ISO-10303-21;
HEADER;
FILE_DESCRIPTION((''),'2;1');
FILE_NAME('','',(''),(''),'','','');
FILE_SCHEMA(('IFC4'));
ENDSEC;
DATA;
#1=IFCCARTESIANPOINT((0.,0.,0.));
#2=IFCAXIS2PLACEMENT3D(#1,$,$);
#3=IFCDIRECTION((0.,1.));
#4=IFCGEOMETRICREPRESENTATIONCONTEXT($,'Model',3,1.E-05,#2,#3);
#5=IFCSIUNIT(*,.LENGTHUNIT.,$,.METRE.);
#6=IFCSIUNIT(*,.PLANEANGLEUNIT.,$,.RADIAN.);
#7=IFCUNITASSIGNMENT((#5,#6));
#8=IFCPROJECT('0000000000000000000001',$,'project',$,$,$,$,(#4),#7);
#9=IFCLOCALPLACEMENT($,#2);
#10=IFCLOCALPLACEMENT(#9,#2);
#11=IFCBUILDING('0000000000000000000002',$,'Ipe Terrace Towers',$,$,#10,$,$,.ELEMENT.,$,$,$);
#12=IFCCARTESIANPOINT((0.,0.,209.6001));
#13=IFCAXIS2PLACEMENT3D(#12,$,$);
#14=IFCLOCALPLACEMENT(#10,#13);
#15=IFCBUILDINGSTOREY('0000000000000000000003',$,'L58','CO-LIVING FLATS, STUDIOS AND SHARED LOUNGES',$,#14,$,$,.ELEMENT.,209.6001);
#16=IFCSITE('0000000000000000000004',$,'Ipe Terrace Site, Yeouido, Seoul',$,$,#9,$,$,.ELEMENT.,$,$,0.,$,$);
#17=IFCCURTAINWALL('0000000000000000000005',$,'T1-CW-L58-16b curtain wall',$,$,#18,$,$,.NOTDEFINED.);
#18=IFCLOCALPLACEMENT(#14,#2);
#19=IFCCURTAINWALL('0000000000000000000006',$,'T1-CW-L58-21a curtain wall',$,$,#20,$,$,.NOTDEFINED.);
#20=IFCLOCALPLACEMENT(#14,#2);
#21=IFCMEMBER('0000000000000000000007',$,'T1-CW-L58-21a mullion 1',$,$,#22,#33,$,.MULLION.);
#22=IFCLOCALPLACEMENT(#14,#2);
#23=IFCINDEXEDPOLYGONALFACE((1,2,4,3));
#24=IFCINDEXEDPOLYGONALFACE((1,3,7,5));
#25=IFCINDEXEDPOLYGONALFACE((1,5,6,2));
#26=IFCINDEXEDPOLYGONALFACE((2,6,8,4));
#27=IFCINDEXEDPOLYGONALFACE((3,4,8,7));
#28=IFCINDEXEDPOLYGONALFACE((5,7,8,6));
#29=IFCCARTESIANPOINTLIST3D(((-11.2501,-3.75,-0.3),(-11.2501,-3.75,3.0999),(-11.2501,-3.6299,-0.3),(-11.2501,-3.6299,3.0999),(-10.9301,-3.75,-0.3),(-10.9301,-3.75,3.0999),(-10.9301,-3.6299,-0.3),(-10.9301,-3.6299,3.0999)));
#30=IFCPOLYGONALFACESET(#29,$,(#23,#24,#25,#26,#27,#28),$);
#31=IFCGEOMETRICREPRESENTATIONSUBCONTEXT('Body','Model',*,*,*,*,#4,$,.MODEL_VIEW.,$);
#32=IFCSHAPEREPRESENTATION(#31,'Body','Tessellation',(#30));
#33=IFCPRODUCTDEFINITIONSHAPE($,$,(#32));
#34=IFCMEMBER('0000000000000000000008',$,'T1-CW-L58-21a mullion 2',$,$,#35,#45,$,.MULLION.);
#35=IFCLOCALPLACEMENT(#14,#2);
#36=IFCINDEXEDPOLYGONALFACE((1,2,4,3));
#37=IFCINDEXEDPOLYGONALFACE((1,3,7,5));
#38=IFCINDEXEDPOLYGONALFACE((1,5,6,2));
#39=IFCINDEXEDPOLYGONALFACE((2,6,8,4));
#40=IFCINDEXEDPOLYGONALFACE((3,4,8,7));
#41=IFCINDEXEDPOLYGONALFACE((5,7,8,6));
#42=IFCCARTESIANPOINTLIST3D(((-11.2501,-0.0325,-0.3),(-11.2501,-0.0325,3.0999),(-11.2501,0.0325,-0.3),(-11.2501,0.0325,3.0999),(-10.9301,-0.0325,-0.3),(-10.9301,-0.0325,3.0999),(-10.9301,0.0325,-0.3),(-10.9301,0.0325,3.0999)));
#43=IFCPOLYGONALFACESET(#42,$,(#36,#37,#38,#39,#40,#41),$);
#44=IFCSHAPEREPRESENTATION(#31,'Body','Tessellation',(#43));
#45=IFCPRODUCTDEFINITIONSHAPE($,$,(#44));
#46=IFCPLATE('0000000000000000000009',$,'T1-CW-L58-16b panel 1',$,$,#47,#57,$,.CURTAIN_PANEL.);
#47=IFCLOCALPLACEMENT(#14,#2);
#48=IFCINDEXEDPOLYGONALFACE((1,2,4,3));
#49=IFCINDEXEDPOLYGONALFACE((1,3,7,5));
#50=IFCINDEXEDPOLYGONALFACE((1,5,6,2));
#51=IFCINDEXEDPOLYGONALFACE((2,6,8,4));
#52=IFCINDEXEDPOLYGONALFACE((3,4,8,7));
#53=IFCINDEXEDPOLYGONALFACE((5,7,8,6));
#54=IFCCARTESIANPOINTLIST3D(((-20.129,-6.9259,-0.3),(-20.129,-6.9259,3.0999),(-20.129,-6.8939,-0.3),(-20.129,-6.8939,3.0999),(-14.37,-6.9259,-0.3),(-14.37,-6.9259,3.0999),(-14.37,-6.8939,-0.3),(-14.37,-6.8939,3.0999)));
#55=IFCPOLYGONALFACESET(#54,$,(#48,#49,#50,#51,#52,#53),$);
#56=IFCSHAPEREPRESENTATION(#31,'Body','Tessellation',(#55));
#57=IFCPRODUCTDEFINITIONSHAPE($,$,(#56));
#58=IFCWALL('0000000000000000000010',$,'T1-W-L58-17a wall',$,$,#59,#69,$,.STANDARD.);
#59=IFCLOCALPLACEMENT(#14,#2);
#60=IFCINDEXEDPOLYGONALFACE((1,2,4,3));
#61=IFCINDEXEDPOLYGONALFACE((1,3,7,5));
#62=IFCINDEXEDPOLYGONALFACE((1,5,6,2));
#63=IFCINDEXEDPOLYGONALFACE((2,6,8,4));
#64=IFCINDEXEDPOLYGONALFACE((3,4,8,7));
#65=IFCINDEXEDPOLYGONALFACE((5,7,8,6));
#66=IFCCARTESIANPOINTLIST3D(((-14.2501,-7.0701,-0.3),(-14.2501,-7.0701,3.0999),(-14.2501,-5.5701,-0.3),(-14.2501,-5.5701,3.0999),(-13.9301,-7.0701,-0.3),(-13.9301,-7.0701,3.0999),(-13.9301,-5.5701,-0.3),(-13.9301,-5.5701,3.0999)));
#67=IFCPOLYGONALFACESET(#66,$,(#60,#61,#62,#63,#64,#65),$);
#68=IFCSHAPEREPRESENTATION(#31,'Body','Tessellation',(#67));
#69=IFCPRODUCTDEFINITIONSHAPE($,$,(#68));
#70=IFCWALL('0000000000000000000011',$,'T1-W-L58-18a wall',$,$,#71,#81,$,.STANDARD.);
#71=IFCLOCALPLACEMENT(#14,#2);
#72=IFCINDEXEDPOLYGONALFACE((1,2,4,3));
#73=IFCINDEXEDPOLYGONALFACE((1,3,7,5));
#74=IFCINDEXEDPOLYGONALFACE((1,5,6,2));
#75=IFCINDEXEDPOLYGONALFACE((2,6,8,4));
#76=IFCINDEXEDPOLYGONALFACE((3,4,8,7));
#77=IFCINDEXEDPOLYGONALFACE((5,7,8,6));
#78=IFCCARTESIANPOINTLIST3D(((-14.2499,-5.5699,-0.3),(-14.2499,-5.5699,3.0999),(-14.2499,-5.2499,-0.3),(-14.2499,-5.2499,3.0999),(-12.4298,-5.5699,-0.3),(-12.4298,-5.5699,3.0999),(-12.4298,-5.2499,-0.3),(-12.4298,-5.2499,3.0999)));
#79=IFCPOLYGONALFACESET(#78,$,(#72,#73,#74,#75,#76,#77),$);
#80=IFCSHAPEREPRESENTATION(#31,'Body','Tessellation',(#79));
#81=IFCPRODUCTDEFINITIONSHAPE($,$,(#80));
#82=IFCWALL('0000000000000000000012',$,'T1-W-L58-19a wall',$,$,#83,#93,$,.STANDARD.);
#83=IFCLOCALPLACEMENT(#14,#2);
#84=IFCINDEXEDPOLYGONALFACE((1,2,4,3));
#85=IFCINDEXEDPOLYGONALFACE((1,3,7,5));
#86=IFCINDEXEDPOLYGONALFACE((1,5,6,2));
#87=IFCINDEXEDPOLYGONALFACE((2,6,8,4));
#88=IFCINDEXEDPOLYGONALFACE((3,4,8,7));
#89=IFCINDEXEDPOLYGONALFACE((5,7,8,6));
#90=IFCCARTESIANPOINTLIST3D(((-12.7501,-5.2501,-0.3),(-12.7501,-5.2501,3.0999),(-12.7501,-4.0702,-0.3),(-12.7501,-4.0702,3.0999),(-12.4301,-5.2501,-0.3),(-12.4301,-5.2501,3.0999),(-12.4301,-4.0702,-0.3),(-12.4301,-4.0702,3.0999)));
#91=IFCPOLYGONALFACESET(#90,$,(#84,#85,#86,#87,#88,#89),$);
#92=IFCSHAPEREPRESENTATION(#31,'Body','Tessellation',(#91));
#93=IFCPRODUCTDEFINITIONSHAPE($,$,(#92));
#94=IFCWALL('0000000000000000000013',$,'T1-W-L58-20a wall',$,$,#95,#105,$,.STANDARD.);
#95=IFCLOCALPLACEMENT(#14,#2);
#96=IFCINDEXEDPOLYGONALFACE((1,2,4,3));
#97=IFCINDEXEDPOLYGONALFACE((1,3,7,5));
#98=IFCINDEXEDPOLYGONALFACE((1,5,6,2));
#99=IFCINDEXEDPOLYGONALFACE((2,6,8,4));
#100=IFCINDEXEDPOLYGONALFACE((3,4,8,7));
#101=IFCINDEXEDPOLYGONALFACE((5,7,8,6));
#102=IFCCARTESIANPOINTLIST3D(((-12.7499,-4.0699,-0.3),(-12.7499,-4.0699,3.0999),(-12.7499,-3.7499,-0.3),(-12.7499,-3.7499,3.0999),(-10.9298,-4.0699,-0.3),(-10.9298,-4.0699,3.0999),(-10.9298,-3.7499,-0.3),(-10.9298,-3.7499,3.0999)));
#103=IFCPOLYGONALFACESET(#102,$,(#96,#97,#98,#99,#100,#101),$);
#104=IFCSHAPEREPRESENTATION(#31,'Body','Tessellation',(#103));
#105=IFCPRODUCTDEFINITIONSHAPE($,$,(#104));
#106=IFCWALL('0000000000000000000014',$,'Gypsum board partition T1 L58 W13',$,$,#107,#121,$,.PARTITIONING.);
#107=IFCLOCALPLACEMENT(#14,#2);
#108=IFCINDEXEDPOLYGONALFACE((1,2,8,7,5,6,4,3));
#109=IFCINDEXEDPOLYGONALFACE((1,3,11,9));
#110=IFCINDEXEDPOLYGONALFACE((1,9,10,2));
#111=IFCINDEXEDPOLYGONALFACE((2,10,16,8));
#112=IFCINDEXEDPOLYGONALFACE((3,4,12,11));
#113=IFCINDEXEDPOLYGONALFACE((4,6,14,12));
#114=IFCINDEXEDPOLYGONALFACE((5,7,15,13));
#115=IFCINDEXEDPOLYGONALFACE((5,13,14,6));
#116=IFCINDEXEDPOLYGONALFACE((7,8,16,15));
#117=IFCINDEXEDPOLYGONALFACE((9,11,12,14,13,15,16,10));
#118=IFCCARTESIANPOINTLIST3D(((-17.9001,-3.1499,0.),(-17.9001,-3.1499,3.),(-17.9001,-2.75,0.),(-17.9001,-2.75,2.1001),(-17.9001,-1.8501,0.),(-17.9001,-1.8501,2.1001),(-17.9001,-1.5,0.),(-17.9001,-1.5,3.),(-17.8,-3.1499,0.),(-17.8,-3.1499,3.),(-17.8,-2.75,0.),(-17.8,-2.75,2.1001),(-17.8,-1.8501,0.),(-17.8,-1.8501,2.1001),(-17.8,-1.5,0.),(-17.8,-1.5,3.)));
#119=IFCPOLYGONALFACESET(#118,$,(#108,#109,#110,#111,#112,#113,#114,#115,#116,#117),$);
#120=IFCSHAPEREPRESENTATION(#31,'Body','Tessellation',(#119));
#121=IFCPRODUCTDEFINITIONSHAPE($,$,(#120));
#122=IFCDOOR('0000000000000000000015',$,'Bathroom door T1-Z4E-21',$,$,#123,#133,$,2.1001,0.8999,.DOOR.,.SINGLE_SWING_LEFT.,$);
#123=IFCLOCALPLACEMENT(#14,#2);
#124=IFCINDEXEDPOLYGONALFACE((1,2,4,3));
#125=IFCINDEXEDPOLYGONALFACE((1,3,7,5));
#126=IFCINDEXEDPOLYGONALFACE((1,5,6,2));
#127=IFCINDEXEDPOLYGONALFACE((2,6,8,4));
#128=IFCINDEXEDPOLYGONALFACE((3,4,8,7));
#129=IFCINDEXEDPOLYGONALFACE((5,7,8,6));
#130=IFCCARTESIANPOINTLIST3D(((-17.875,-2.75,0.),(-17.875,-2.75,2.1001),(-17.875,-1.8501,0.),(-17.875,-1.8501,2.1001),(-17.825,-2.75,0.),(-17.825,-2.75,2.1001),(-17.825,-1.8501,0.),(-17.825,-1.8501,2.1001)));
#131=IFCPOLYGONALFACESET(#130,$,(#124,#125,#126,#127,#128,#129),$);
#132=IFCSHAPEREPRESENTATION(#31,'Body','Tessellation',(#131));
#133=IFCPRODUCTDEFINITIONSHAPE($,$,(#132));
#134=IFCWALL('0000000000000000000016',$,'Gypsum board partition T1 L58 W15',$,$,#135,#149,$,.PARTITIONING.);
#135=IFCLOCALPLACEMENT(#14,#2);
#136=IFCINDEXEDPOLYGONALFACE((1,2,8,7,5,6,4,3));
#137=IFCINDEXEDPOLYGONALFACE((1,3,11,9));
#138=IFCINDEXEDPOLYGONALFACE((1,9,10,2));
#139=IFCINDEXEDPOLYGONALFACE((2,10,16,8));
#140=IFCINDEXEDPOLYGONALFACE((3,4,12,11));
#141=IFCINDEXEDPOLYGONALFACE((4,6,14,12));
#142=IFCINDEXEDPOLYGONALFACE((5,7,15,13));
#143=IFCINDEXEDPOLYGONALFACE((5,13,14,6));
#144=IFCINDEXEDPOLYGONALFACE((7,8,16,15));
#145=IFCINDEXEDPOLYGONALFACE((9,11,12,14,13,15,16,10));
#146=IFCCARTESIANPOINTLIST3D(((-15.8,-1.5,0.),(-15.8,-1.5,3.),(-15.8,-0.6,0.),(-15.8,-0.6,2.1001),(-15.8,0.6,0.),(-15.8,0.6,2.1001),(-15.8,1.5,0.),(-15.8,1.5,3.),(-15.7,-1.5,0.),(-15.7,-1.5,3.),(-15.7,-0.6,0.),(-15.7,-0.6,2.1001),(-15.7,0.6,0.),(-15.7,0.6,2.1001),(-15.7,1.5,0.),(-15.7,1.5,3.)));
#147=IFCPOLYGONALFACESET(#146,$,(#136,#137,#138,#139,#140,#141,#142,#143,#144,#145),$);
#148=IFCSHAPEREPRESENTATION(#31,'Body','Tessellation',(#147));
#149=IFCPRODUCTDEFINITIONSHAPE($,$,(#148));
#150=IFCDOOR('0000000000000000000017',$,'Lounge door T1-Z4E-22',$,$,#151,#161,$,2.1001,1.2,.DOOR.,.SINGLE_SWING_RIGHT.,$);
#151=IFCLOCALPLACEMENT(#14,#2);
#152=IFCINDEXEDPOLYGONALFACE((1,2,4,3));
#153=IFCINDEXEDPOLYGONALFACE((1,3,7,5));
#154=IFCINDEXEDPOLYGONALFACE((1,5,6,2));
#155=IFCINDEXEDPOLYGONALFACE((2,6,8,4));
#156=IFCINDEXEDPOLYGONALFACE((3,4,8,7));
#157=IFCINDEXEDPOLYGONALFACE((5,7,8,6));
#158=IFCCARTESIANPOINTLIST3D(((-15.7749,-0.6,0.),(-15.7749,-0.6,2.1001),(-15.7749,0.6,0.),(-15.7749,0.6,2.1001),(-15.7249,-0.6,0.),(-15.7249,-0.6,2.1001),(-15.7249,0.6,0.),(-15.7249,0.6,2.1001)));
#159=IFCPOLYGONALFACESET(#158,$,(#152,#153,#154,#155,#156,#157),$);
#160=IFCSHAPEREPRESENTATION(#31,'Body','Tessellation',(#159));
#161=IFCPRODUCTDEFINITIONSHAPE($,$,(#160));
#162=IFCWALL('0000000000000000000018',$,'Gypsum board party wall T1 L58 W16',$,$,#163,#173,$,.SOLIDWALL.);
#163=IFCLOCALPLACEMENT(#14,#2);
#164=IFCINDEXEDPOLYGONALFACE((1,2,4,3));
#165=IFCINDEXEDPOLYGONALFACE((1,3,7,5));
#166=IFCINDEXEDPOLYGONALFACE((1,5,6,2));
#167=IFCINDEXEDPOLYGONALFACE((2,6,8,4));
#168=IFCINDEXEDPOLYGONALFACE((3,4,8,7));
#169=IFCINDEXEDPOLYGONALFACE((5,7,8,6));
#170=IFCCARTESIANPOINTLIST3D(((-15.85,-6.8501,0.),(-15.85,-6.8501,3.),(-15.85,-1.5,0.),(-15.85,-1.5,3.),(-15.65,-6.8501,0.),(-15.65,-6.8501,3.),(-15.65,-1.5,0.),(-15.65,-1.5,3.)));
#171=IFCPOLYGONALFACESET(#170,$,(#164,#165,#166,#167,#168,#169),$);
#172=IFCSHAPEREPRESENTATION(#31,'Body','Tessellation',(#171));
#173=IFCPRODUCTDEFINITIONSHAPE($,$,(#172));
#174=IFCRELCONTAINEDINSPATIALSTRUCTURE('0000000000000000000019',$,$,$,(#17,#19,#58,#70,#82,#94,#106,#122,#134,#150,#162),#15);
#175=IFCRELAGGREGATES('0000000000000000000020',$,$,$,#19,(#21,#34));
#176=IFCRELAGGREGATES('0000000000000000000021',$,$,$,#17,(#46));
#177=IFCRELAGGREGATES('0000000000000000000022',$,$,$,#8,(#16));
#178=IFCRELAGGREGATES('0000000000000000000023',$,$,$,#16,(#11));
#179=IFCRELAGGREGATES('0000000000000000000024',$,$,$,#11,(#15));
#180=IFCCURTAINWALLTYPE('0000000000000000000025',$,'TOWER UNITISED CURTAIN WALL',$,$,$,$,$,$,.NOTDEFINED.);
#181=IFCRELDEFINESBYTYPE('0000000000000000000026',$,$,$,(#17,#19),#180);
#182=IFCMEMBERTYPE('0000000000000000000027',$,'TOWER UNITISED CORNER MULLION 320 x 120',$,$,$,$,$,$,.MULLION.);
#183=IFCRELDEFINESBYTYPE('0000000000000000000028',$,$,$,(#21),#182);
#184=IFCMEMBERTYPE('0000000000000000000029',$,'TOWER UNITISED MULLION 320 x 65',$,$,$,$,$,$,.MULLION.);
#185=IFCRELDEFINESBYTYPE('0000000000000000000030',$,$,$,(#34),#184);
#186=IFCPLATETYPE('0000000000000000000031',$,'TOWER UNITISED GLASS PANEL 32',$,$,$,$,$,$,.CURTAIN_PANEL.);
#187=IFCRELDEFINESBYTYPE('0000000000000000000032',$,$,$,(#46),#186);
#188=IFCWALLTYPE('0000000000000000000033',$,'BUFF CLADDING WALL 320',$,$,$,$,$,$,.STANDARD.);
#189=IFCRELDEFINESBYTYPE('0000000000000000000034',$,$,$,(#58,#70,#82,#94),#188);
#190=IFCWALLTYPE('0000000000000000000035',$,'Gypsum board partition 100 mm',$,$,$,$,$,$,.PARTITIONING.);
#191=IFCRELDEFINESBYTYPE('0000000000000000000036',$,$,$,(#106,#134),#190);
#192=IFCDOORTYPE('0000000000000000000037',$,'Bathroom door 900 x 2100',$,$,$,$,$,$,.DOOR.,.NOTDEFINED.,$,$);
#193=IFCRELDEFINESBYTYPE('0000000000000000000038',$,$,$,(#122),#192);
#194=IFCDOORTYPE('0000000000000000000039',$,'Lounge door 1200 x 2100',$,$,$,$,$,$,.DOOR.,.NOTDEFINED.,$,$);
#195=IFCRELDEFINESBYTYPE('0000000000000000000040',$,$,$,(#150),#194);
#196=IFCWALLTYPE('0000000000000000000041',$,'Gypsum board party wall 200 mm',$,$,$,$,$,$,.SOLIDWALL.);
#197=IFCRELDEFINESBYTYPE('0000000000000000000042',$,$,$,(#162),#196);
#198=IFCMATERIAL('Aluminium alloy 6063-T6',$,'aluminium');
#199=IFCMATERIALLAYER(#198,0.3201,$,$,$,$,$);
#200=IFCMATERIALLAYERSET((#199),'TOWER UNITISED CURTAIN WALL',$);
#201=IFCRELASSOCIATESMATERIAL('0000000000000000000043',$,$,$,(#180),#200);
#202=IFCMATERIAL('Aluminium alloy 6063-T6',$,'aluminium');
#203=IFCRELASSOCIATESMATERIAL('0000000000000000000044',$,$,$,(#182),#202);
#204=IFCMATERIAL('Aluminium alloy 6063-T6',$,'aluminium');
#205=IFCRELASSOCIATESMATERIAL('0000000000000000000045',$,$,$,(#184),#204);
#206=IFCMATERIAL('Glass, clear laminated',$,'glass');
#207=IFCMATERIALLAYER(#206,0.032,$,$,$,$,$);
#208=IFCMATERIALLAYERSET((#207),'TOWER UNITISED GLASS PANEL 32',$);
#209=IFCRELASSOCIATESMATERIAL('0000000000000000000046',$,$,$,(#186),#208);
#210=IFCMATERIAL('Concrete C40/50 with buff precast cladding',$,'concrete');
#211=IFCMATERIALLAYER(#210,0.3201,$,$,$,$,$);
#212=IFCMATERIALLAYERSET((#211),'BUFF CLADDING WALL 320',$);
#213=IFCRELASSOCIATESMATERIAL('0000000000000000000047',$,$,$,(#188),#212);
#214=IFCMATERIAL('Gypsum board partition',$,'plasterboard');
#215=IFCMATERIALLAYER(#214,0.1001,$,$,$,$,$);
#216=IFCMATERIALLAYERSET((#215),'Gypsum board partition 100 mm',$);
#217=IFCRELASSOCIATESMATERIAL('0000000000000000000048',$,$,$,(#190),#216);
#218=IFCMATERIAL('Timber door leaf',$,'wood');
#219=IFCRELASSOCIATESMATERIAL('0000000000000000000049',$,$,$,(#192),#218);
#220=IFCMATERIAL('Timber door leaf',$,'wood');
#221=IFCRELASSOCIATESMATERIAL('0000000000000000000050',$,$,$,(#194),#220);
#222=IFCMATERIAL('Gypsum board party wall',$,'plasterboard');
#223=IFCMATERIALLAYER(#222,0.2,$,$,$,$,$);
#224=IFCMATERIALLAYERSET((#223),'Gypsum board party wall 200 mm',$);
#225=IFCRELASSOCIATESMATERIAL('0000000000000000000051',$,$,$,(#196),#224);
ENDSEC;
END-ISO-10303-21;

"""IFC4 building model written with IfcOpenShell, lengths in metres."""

from ifc_helpers import new_model, si_unit, direction, frame, frame_2d, origin, origin_2d, place, context, subcontext, project, spatial, rectangle, extrude, material, layer, layer_set, material_profile, profile_set, type_object, element, fill, aggregate, save


model = new_model("IFC4")

# Units and contexts
model_context = context("Model", 3, precision=1e-05, world=origin(), true_north=direction((0.0, 1.0)))
body_context = subcontext(model_context, "Body", "Model", "MODEL_VIEW")
ifc_project = project(units=[si_unit("LENGTHUNIT", "METRE"), si_unit("PLANEANGLEUNIT", "RADIAN")], contexts=[model_context])

# Site, building, storey
site_placement = place(None, origin())
site = spatial("IfcSite", under=ifc_project, at=site_placement, Name="Ipe Terrace Site, Yeouido, Seoul", CompositionType="ELEMENT", RefElevation=0.0)
building_placement = place(site_placement, origin())
building = spatial("IfcBuilding", under=site, at=building_placement, Name="Ipe Terrace Towers", CompositionType="ELEMENT")
storey_placement = place(building_placement, frame((0.0, 0.0, 209.6001)))
storey = spatial("IfcBuildingStorey", under=building, at=storey_placement, Name="L58", Description="CO-LIVING FLATS, STUDIOS AND SHARED LOUNGES", CompositionType="ELEMENT", Elevation=209.6001)

# Curtain walls, members
ifc_material_1 = material(Name="Aluminium alloy 6063-T6", Category="aluminium")
ifc_layer_1 = layer(ifc_material_1, 0.3201)
ifc_layer_set_1 = layer_set([ifc_layer_1], Name="TOWER UNITISED CURTAIN WALL")
curtain_wall_type = type_object("IfcCurtainWallType", Name="TOWER UNITISED CURTAIN WALL", PredefinedType="NOTDEFINED", material=ifc_layer_set_1)
curtain_wall_1_placement = place(storey_placement, origin())
curtain_wall_1 = element("IfcCurtainWall", 1, at=curtain_wall_1_placement, inside=storey, type_object=curtain_wall_type, Name="T1-CW-L58-16b curtain wall", PredefinedType="NOTDEFINED")
ifc_material_2 = material(Name="Aluminium alloy 6063-T6", Category="aluminium")
ifc_material_profile_1 = material_profile(ifc_material_2, rectangle(XDim=0.3201, YDim=0.1201, at=origin_2d()), Name="TOWER UNITISED CORNER MULLION 320 x 120")
ifc_profile_set_1 = profile_set([ifc_material_profile_1], Name="Aluminium alloy 6063-T6")
member_type_1 = type_object("IfcMemberType", Name="TOWER UNITISED CORNER MULLION 320 x 120", PredefinedType="MULLION", material=ifc_profile_set_1)
curtain_wall_2_placement = place(storey_placement, origin())
curtain_wall_2 = element("IfcCurtainWall", 2, at=curtain_wall_2_placement, inside=storey, type_object=curtain_wall_type, Name="T1-CW-L58-21a curtain wall", PredefinedType="NOTDEFINED")
member_1_placement = place(storey_placement, frame((-11.0901, -3.6899, -0.3), z_axis=(0.0, 0.0, 1.0), x_axis=(1.0, 0.0, 0.0)))
member_1 = element("IfcMember", 3, at=member_1_placement, type_object=member_type_1, Name="T1-CW-L58-21a mullion 1", PredefinedType="MULLION", context=body_context, shape_type="SweptSolid", body=[
    extrude(rectangle(XDim=0.3201, YDim=0.1201, at=origin_2d()), origin(), (0.0, 0.0, 1.0), 3.3999),
])
ifc_material_3 = material(Name="Aluminium alloy 6063-T6", Category="aluminium")
ifc_material_profile_2 = material_profile(ifc_material_3, rectangle(XDim=0.3201, YDim=0.0649, at=origin_2d()), Name="TOWER UNITISED MULLION 320 x 65")
ifc_profile_set_2 = profile_set([ifc_material_profile_2], Name="Aluminium alloy 6063-T6")
member_type_2 = type_object("IfcMemberType", Name="TOWER UNITISED MULLION 320 x 65", PredefinedType="MULLION", material=ifc_profile_set_2)
member_2_placement = place(storey_placement, frame((-11.0901, 0.0, -0.3), z_axis=(0.0, 0.0, 1.0), x_axis=(1.0, 0.0, 0.0)))
member_2 = element("IfcMember", 4, at=member_2_placement, type_object=member_type_2, Name="T1-CW-L58-21a mullion 2", PredefinedType="MULLION", context=body_context, shape_type="SweptSolid", body=[
    extrude(rectangle(XDim=0.3201, YDim=0.0649, at=origin_2d()), origin(), (0.0, 0.0, 1.0), 3.3999),
])
aggregate(curtain_wall_2, [member_1, member_2])

# Plate
ifc_material_4 = material(Name="Glass, clear laminated", Category="glass")
ifc_layer_2 = layer(ifc_material_4, 0.032)
ifc_layer_set_2 = layer_set([ifc_layer_2], Name="TOWER UNITISED GLASS PANEL 32")
plate_type = type_object("IfcPlateType", Name="TOWER UNITISED GLASS PANEL 32", PredefinedType="CURTAIN_PANEL", material=ifc_layer_set_2)
plate_placement = place(storey_placement, frame((-17.2495, -6.9099, -0.3), z_axis=(0.0, 0.0, 1.0), x_axis=(1.0, 0.0, 0.0)))
plate = element("IfcPlate", 5, at=plate_placement, type_object=plate_type, Name="T1-CW-L58-16b panel 1", PredefinedType="CURTAIN_PANEL", context=body_context, shape_type="SweptSolid", body=[
    extrude(rectangle(XDim=5.759, YDim=0.032, at=origin_2d()), origin(), (0.0, 0.0, 1.0), 3.3999),
])
aggregate(curtain_wall_1, [plate])

# Walls
ifc_material_5 = material(Name="Concrete C40/50 with buff precast cladding", Category="concrete")
ifc_layer_3 = layer(ifc_material_5, 0.3201)
ifc_layer_set_3 = layer_set([ifc_layer_3], Name="BUFF CLADDING WALL 320")
wall_type_1 = type_object("IfcWallType", Name="BUFF CLADDING WALL 320", PredefinedType="STANDARD", material=ifc_layer_set_3)
wall_1_placement = place(storey_placement, frame((-14.0901, -7.0701, -0.3), z_axis=(0.0, 0.0, 1.0), x_axis=(0.0, 1.0, 0.0)))
element("IfcWall", 6, at=wall_1_placement, inside=storey, type_object=wall_type_1, Name="T1-W-L58-17a wall", PredefinedType="STANDARD", context=body_context, shape_type="SweptSolid", body=[
    extrude(rectangle(XDim=1.5, YDim=0.3201, at=frame_2d((0.75, 0.0))), origin(), (0.0, 0.0, 1.0), 3.3999),
])
wall_2_placement = place(storey_placement, frame((-14.25, -5.4099, -0.3), z_axis=(0.0, 0.0, 1.0), x_axis=(1.0, 0.0, 0.0)))
element("IfcWall", 7, at=wall_2_placement, inside=storey, type_object=wall_type_1, Name="T1-W-L58-18a wall", PredefinedType="STANDARD", context=body_context, shape_type="SweptSolid", body=[
    extrude(rectangle(XDim=1.8201, YDim=0.3201, at=frame_2d((0.9102, 0.0))), origin(), (0.0, 0.0, 1.0), 3.3999),
])
wall_3_placement = place(storey_placement, frame((-12.5901, -5.25, -0.3), z_axis=(0.0, 0.0, 1.0), x_axis=(0.0, 1.0, 0.0)))
element("IfcWall", 8, at=wall_3_placement, inside=storey, type_object=wall_type_1, Name="T1-W-L58-19a wall", PredefinedType="STANDARD", context=body_context, shape_type="SweptSolid", body=[
    extrude(rectangle(XDim=1.1799, YDim=0.3201, at=frame_2d((0.5898, 0.0))), origin(), (0.0, 0.0, 1.0), 3.3999),
])
wall_4_placement = place(storey_placement, frame((-12.75, -3.9099, -0.3), z_axis=(0.0, 0.0, 1.0), x_axis=(1.0, 0.0, 0.0)))
element("IfcWall", 9, at=wall_4_placement, inside=storey, type_object=wall_type_1, Name="T1-W-L58-20a wall", PredefinedType="STANDARD", context=body_context, shape_type="SweptSolid", body=[
    extrude(rectangle(XDim=1.8201, YDim=0.3201, at=frame_2d((0.9102, 0.0))), origin(), (0.0, 0.0, 1.0), 3.3999),
])

# Walls, openings, doors
ifc_material_6 = material(Name="Gypsum board partition", Category="plasterboard")
ifc_layer_4 = layer(ifc_material_6, 0.1001)
ifc_layer_set_4 = layer_set([ifc_layer_4], Name="Gypsum board partition 100 mm")
wall_type_2 = type_object("IfcWallType", Name="Gypsum board partition 100 mm", PredefinedType="PARTITIONING", material=ifc_layer_set_4)
wall_5_placement = place(storey_placement, frame((-17.8501, -3.1499, 0.0), z_axis=(0.0, 0.0, 1.0), x_axis=(0.0, 1.0, 0.0)))
wall_5 = element("IfcWall", 10, at=wall_5_placement, inside=storey, type_object=wall_type_2, Name="Gypsum board partition T1 L58 W13", PredefinedType="PARTITIONING", context=body_context, shape_type="SweptSolid", body=[
    extrude(rectangle(XDim=1.6499, YDim=0.1001, at=frame_2d((0.825, 0.0))), origin(), (0.0, 0.0, 1.0), 3.0),
])
opening_1_placement = place(wall_5_placement, frame((0.3999, 0.0, 0.0)))
opening_1 = element("IfcOpeningElement", 11, at=opening_1_placement, cuts=wall_5, PredefinedType="OPENING", context=body_context, shape_type="SweptSolid", body=[
    extrude(rectangle(XDim=0.8999, YDim=2.1001, at=frame_2d((0.45, 1.05))), frame((0.0, 0.0601, 0.0), z_axis=(0.0, -1.0, 0.0), x_axis=(1.0, 0.0, 0.0)), (0.0, 0.0, 1.0), 0.1201),
])
ifc_material_7 = material(Name="Timber door leaf", Category="wood")
door_type_1 = type_object("IfcDoorType", Name="Bathroom door 900 x 2100", OperationType="NOTDEFINED", PredefinedType="DOOR", material=ifc_material_7)
door_1_placement = place(opening_1_placement, origin())
door_1 = element("IfcDoor", 12, at=door_1_placement, inside=storey, type_object=door_type_1, Name="Bathroom door T1-Z4E-21", OperationType="SINGLE_SWING_LEFT", OverallHeight=2.1001, OverallWidth=0.8999, PredefinedType="DOOR", context=body_context, shape_type="SweptSolid", body=[
    extrude(rectangle(XDim=0.8999, YDim=2.1001, at=frame_2d((0.45, 1.05))), frame((0.0, 0.0249, 0.0), z_axis=(0.0, -1.0, 0.0), x_axis=(1.0, 0.0, 0.0)), (0.0, 0.0, 1.0), 0.05),
])
fill(opening_1, door_1)
wall_6_placement = place(storey_placement, frame((-15.75, -1.5, 0.0), z_axis=(0.0, 0.0, 1.0), x_axis=(0.0, 1.0, 0.0)))
wall_6 = element("IfcWall", 13, at=wall_6_placement, inside=storey, type_object=wall_type_2, Name="Gypsum board partition T1 L58 W15", PredefinedType="PARTITIONING", context=body_context, shape_type="SweptSolid", body=[
    extrude(rectangle(XDim=3.0, YDim=0.1001, at=frame_2d((1.5, 0.0))), origin(), (0.0, 0.0, 1.0), 3.0),
])
opening_2_placement = place(wall_6_placement, frame((0.8999, 0.0, 0.0)))
opening_2 = element("IfcOpeningElement", 14, at=opening_2_placement, cuts=wall_6, PredefinedType="OPENING", context=body_context, shape_type="SweptSolid", body=[
    extrude(rectangle(XDim=1.2, YDim=2.1001, at=frame_2d((0.6001, 1.05))), frame((0.0, 0.0601, 0.0), z_axis=(0.0, -1.0, 0.0), x_axis=(1.0, 0.0, 0.0)), (0.0, 0.0, 1.0), 0.1201),
])
ifc_material_8 = material(Name="Timber door leaf", Category="wood")
door_type_2 = type_object("IfcDoorType", Name="Lounge door 1200 x 2100", OperationType="NOTDEFINED", PredefinedType="DOOR", material=ifc_material_8)
door_2_placement = place(opening_2_placement, origin())
door_2 = element("IfcDoor", 15, at=door_2_placement, inside=storey, type_object=door_type_2, Name="Lounge door T1-Z4E-22", OperationType="SINGLE_SWING_RIGHT", OverallHeight=2.1001, OverallWidth=1.2, PredefinedType="DOOR", context=body_context, shape_type="SweptSolid", body=[
    extrude(rectangle(XDim=1.2, YDim=2.1001, at=frame_2d((0.6001, 1.05))), frame((0.0, 0.0249, 0.0), z_axis=(0.0, -1.0, 0.0), x_axis=(1.0, 0.0, 0.0)), (0.0, 0.0, 1.0), 0.05),
])
fill(opening_2, door_2)

# Wall
ifc_material_9 = material(Name="Gypsum board party wall", Category="plasterboard")
ifc_layer_5 = layer(ifc_material_9, 0.2)
ifc_layer_set_5 = layer_set([ifc_layer_5], Name="Gypsum board party wall 200 mm")
wall_type_3 = type_object("IfcWallType", Name="Gypsum board party wall 200 mm", PredefinedType="SOLIDWALL", material=ifc_layer_set_5)
wall_7_placement = place(storey_placement, frame((-15.75, -6.8501, 0.0), z_axis=(0.0, 0.0, 1.0), x_axis=(0.0, 1.0, 0.0)))
element("IfcWall", 16, at=wall_7_placement, inside=storey, type_object=wall_type_3, Name="Gypsum board party wall T1 L58 W16", PredefinedType="SOLIDWALL", context=body_context, shape_type="SweptSolid", body=[
    extrude(rectangle(XDim=5.3501, YDim=0.2, at=frame_2d((2.675, 0.0))), origin(), (0.0, 0.0, 1.0), 3.0),
])

save(model, "model.ifc")
